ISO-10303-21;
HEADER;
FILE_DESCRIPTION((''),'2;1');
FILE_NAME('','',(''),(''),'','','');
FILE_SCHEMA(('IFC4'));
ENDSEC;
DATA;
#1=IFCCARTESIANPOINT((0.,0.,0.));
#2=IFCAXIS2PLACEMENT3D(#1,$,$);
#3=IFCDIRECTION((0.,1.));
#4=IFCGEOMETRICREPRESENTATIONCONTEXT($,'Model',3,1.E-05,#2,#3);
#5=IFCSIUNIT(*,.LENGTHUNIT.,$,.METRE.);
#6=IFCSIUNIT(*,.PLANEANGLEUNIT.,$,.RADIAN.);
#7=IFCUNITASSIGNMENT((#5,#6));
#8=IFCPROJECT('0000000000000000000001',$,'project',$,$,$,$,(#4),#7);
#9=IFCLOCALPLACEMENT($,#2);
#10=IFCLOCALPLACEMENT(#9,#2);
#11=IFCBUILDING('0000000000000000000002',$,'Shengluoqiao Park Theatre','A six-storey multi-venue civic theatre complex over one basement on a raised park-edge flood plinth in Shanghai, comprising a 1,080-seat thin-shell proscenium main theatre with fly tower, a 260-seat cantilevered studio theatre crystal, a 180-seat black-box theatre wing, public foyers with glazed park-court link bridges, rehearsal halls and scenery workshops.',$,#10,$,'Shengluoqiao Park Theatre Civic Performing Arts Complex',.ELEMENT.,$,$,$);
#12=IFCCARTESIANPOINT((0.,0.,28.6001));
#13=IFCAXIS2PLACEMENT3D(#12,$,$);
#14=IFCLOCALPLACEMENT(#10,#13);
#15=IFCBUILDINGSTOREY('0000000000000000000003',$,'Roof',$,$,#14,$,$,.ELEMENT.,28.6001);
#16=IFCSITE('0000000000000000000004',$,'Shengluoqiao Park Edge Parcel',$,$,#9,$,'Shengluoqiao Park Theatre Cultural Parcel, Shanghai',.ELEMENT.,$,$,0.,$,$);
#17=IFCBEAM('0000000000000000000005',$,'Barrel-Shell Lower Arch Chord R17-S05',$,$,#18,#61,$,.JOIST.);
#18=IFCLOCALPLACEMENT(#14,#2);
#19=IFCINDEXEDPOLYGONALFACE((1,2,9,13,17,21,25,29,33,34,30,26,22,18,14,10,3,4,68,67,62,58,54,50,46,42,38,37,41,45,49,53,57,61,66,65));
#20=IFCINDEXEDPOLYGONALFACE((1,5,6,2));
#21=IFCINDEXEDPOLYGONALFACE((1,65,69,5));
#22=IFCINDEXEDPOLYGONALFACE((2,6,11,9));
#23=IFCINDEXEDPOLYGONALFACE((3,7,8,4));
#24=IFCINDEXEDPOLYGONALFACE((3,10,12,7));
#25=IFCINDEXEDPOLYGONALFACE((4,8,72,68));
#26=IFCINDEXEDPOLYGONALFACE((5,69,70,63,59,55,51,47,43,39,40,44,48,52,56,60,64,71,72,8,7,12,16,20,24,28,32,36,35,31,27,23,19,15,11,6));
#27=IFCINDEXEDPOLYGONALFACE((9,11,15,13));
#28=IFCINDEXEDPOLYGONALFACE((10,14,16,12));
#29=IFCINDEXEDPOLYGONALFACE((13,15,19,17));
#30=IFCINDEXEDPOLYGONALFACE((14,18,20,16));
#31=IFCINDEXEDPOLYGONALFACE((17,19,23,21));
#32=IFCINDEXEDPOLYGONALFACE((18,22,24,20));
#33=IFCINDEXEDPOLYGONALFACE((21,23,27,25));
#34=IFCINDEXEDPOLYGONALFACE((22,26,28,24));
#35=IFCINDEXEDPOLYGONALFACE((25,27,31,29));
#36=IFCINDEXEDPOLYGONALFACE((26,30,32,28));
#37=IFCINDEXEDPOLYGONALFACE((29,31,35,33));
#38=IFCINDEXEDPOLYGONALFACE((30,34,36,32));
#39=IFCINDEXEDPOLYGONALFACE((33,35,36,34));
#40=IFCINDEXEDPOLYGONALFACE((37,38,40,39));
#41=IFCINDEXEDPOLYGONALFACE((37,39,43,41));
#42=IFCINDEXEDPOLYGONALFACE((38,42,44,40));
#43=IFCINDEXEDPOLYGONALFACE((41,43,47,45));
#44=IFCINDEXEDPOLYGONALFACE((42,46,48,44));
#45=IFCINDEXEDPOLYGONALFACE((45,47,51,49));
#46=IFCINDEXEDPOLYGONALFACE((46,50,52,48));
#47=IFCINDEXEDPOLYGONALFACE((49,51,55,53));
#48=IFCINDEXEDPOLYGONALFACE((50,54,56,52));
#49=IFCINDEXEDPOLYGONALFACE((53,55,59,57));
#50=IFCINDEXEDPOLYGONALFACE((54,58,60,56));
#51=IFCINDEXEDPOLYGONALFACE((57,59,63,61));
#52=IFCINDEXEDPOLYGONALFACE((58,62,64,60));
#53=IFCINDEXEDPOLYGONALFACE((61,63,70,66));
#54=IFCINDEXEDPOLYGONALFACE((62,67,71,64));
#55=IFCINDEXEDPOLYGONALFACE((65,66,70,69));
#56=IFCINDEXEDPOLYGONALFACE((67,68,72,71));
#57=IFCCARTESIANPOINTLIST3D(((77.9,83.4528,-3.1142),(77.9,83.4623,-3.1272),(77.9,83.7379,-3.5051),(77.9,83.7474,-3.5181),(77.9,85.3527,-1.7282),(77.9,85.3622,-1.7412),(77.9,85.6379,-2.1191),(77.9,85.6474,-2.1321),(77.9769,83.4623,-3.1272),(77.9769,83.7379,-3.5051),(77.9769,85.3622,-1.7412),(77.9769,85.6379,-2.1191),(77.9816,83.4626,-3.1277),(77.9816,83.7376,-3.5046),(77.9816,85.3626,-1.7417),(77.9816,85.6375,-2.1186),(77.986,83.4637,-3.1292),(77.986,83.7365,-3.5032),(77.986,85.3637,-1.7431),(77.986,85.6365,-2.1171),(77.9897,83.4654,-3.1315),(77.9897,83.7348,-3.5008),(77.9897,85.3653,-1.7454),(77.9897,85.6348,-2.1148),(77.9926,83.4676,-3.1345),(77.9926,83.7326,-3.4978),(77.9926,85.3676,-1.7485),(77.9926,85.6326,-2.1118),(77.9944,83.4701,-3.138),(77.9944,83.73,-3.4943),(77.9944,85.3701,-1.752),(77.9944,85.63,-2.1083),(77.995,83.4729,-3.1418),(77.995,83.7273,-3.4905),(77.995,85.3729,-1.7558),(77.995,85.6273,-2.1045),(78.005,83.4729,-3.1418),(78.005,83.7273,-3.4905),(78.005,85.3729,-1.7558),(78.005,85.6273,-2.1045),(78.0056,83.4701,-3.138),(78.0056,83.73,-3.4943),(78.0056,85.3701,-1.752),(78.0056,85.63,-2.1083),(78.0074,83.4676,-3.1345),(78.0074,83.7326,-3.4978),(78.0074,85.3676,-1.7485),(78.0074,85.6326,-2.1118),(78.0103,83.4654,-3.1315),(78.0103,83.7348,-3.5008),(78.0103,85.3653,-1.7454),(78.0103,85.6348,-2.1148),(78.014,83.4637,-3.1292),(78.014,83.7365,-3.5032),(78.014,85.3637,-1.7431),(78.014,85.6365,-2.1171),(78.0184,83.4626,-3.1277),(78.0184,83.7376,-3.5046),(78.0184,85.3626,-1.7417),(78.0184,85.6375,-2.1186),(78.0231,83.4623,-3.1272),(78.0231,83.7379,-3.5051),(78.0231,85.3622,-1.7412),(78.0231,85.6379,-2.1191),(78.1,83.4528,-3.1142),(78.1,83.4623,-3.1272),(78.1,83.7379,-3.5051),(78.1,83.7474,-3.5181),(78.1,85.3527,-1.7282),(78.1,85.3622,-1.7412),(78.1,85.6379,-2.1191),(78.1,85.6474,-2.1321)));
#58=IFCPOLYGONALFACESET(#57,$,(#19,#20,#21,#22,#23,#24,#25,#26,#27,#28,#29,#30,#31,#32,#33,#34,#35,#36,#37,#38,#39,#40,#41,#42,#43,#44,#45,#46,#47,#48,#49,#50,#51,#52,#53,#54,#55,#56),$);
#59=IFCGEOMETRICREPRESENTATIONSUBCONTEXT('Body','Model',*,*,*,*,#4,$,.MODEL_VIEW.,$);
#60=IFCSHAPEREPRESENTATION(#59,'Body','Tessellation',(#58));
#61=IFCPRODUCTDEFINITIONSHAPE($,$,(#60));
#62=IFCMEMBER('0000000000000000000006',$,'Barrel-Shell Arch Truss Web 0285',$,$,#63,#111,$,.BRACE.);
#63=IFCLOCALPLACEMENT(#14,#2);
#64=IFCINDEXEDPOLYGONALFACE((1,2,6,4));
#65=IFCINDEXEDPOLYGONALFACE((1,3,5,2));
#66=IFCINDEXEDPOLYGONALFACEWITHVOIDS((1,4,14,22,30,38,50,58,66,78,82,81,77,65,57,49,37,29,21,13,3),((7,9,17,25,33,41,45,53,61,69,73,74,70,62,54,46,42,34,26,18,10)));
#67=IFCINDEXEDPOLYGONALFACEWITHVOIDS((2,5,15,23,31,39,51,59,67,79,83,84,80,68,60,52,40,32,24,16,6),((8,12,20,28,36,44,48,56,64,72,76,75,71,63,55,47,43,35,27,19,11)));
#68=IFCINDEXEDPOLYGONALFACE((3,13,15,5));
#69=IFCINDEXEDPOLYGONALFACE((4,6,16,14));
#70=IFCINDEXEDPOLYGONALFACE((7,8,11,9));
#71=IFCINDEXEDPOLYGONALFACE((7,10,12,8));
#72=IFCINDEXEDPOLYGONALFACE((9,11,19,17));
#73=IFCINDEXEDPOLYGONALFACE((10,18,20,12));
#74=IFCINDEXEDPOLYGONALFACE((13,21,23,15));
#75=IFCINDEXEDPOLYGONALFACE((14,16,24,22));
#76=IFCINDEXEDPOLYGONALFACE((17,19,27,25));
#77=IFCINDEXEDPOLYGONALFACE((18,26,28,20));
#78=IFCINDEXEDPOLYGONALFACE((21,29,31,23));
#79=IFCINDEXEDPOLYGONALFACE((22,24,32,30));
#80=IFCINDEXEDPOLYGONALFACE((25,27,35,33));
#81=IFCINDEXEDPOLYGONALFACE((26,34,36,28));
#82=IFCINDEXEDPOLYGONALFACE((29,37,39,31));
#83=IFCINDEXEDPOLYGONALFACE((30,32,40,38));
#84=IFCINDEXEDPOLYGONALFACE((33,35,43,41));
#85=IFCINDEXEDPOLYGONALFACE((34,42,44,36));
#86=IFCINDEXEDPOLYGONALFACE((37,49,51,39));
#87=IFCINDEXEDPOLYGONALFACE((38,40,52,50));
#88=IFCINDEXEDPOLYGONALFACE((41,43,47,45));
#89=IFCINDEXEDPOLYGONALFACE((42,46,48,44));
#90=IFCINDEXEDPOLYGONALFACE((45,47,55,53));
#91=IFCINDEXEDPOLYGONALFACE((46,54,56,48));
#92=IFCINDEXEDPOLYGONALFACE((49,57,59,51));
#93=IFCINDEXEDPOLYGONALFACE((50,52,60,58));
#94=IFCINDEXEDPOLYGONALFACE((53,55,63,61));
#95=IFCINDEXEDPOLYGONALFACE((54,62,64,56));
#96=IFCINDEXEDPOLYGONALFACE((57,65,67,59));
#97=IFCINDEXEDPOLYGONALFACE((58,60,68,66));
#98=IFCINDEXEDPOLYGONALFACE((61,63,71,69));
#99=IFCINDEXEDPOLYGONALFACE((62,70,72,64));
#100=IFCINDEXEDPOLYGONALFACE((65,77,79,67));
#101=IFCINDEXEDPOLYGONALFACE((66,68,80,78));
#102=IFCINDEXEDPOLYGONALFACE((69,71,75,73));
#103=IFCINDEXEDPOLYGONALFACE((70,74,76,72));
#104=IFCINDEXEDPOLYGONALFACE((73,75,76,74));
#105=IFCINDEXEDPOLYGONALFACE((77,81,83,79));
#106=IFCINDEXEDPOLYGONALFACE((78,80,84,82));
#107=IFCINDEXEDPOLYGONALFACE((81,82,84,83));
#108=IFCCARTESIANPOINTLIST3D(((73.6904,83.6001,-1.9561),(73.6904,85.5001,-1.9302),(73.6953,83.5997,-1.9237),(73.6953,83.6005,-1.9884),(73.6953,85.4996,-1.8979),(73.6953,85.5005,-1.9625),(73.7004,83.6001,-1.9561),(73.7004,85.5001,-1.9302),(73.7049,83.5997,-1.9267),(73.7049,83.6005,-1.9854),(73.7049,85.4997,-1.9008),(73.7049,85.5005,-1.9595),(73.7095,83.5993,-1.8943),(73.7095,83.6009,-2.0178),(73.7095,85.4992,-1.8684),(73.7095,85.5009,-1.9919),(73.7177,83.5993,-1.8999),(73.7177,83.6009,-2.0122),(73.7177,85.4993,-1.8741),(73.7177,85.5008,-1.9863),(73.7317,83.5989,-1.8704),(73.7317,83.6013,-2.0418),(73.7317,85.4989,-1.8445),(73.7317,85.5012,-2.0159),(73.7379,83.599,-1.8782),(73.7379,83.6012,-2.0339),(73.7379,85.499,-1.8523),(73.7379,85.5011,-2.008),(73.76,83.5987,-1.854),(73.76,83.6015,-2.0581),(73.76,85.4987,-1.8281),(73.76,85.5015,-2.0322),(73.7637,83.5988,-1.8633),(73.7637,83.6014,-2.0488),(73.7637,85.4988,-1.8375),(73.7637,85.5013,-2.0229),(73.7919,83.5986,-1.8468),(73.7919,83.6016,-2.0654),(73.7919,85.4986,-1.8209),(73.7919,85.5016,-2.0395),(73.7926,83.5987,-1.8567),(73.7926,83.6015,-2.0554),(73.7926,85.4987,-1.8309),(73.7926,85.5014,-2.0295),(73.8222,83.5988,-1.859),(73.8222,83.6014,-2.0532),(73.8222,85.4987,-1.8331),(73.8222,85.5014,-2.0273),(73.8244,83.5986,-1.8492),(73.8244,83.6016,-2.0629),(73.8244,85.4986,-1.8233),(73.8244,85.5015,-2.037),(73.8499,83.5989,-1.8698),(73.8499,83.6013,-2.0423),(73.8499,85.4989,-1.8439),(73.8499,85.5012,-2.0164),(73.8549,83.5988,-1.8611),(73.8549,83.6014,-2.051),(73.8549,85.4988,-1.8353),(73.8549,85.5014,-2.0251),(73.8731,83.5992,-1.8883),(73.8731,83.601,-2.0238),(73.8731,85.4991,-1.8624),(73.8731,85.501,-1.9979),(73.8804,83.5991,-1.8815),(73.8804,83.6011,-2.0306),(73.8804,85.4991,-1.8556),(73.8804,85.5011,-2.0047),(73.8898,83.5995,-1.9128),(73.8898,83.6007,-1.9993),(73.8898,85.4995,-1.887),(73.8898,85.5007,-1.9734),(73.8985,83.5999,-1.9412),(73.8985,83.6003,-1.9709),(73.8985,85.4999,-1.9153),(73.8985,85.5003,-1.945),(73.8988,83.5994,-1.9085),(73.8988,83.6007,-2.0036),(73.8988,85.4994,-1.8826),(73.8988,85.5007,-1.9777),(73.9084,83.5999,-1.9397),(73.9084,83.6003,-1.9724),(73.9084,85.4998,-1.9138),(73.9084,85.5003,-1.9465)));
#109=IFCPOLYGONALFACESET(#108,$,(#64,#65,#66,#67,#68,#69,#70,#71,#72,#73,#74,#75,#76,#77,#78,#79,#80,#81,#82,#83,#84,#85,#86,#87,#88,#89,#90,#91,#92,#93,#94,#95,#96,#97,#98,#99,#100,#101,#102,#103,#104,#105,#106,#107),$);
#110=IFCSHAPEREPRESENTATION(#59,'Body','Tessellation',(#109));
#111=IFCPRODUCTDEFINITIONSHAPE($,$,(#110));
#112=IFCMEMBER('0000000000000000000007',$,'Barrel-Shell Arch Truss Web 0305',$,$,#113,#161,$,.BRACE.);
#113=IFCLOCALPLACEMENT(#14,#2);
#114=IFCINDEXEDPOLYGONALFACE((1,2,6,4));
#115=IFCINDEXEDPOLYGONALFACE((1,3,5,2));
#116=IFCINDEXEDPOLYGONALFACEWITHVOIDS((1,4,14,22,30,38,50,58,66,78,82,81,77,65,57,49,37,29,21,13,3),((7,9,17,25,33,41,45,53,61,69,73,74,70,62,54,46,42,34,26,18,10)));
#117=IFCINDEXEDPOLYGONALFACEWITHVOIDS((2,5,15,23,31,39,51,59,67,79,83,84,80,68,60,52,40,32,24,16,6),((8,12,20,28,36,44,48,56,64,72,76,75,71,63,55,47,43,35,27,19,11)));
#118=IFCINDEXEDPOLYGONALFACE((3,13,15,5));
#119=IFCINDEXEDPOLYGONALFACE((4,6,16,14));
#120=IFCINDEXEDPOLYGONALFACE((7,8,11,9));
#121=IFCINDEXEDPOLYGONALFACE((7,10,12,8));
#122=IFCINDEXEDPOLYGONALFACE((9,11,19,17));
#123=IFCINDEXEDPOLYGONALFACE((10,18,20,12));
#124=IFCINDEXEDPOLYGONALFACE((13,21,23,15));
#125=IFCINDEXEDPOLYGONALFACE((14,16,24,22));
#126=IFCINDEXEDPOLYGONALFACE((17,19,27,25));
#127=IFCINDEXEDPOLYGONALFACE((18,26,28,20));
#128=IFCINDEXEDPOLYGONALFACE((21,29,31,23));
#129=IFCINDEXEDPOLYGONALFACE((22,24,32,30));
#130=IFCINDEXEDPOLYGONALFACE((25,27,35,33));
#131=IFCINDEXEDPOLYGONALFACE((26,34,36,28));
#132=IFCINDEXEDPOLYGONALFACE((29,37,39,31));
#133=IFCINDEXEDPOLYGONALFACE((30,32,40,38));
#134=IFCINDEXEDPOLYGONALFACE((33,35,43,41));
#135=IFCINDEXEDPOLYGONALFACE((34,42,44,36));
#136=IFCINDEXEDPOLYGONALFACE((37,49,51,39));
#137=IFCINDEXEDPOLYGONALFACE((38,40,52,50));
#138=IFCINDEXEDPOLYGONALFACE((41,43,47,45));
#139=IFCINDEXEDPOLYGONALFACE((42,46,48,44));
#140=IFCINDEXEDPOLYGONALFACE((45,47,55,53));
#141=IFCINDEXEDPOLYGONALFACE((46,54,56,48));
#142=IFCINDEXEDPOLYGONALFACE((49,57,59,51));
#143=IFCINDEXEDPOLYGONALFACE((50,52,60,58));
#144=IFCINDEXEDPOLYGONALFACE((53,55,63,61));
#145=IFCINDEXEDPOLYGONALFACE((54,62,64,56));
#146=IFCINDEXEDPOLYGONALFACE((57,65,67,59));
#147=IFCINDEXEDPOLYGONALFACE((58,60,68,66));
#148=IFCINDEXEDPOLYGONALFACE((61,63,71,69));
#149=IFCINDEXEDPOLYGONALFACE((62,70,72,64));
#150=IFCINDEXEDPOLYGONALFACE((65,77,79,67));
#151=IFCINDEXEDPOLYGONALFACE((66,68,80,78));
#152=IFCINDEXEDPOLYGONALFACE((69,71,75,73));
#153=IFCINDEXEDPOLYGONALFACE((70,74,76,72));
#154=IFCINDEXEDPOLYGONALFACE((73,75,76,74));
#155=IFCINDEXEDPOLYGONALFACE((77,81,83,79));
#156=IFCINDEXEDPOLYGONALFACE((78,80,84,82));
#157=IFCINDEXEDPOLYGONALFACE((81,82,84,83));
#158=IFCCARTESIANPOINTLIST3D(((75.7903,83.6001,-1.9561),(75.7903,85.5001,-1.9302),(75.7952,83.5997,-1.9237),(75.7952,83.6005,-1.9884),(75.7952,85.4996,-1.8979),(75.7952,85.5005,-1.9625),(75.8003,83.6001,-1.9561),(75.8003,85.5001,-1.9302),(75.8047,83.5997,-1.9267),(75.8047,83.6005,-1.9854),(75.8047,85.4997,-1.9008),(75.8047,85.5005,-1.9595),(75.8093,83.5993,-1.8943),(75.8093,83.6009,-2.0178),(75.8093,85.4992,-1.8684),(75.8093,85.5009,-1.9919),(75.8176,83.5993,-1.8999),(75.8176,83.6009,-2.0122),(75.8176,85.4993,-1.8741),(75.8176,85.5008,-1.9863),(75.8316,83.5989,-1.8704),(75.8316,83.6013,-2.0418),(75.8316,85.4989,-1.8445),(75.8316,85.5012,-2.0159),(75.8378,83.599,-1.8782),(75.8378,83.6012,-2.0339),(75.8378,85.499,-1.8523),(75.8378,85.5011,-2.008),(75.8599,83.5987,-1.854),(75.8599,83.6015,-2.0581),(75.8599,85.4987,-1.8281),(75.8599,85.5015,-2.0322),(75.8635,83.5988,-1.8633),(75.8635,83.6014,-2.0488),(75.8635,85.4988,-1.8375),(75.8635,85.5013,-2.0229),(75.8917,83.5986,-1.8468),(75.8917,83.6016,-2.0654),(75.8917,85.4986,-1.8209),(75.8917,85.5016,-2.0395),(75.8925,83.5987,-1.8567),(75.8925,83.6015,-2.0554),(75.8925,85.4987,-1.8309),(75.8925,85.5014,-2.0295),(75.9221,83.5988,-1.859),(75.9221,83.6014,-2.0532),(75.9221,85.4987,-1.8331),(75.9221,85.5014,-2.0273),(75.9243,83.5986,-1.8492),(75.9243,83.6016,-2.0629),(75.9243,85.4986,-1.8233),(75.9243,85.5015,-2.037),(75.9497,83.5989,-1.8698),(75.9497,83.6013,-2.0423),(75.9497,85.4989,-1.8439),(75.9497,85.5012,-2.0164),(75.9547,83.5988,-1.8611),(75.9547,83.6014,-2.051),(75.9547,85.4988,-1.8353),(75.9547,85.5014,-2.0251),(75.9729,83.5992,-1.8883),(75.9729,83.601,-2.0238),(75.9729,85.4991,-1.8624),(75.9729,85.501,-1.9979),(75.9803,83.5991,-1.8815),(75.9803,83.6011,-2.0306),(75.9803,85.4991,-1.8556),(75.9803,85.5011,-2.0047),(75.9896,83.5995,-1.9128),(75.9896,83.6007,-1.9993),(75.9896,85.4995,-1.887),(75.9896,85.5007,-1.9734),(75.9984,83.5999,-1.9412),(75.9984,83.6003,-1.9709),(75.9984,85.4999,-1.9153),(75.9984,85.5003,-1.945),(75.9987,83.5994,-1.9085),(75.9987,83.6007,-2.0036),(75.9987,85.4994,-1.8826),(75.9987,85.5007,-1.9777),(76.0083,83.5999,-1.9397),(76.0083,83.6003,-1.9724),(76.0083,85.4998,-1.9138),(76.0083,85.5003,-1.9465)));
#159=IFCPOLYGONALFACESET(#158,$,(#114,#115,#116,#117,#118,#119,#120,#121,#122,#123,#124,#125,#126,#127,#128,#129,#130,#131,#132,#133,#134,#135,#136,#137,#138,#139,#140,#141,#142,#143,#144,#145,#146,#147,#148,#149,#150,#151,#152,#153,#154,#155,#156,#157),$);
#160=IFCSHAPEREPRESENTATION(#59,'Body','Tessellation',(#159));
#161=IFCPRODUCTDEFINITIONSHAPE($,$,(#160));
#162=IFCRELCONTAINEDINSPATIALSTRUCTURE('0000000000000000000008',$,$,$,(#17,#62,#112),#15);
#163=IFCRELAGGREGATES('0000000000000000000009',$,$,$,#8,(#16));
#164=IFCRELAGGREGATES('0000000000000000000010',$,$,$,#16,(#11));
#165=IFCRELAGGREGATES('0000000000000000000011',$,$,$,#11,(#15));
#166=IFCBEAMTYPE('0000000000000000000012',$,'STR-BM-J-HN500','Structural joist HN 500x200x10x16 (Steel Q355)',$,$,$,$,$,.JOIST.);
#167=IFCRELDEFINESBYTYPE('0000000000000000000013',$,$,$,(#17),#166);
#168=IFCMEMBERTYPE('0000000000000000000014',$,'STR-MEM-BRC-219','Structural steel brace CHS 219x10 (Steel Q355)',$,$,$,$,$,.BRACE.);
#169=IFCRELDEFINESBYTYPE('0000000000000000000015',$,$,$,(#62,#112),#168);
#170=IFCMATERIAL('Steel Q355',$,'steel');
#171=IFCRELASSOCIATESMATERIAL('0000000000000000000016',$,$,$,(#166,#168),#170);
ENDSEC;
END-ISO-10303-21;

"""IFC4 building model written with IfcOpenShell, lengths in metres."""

from ifc_helpers import new_model, si_unit, direction, frame, origin, origin_2d, place, context, subcontext, project, spatial, hollow_circle, i_section, extrude, material, material_profile, profile_set, type_object, element, save


model = new_model("IFC4")

# Units and contexts
model_context = context("Model", 3, precision=1e-05, world=origin(), true_north=direction((0.0, 1.0)))
body_context = subcontext(model_context, "Body", "Model", "MODEL_VIEW")
ifc_project = project(units=[si_unit("LENGTHUNIT", "METRE"), si_unit("PLANEANGLEUNIT", "RADIAN")], contexts=[model_context])

# Site, building, storey
site_placement = place(None, origin())
site = spatial("IfcSite", under=ifc_project, at=site_placement, Name="Shengluoqiao Park Edge Parcel", LongName="Shengluoqiao Park Theatre Cultural Parcel, Shanghai", CompositionType="ELEMENT", RefElevation=0.0)
building_placement = place(site_placement, origin())
building = spatial("IfcBuilding", under=site, at=building_placement, Name="Shengluoqiao Park Theatre", Description="A six-storey multi-venue civic theatre complex over one basement on a raised park-edge flood plinth in Shanghai, comprising a 1,080-seat thin-shell proscenium main theatre with fly tower, a 260-seat cantilevered studio theatre crystal, a 180-seat black-box theatre wing, public foyers with glazed park-court link bridges, rehearsal halls and scenery workshops.", LongName="Shengluoqiao Park Theatre Civic Performing Arts Complex", CompositionType="ELEMENT")
storey_placement = place(building_placement, frame((0.0, 0.0, 28.6001)))
storey = spatial("IfcBuildingStorey", under=building, at=storey_placement, Name="Roof", CompositionType="ELEMENT", Elevation=28.6001)

# Beam
ifc_material_1 = material(Name="Steel Q355", Category="steel")
ifc_material_profile_1 = material_profile(ifc_material_1, i_section(OverallWidth=0.2, OverallDepth=0.5, WebThickness=0.01, FlangeThickness=0.0161, FilletRadius=0.0181, at=origin_2d()), Name="HN 500x200x10x16")
ifc_profile_set_1 = profile_set([ifc_material_profile_1], Name="Steel Q355")
beam_type_1 = type_object("IfcBeamType", Name="STR-BM-J-HN500", Description="Structural joist HN 500x200x10x16 (Steel Q355)", PredefinedType="JOIST", material=ifc_profile_set_1)
for number, where, z_axis, x_axis, name in (
    (1, (78.0, 83.6001, -3.3162), (0.0, 0.807878, 0.58935), (-1.0, 0.0, 0.0), "Barrel-Shell Lower Arch Chord R17-S05"),
):
    element("IfcBeam", number, at=place(storey_placement, frame(where, z_axis=z_axis, x_axis=x_axis)), inside=storey, type_object=beam_type_1, Name=name, PredefinedType="JOIST", context=body_context, shape_type="SweptSolid", body=[
        extrude(i_section(OverallWidth=0.2, OverallDepth=0.5, WebThickness=0.01, FlangeThickness=0.0161, FilletRadius=0.0181, at=origin_2d()), origin(), (0.0, 0.0, 1.0), 2.3518),
    ])

# Members
ifc_material_profile_2 = material_profile(ifc_material_1, hollow_circle(Radius=0.1096, WallThickness=0.01, at=origin_2d()), Name="CHS 219x10")
ifc_profile_set_2 = profile_set([ifc_material_profile_2], Name="Steel Q355")
member_type_1 = type_object("IfcMemberType", Name="STR-MEM-BRC-219", Description="Structural steel brace CHS 219x10 (Steel Q355)", PredefinedType="BRACE", material=ifc_profile_set_2)
for number, where, z_axis, x_axis, name in (
    (2, (73.8, 83.6001, -1.9561), (0.0, 0.999907, 0.01362), (-1.0, 0.0, 0.0), "Barrel-Shell Arch Truss Web 0285"),
    (3, (75.8999, 83.6001, -1.9561), (0.0, 0.999907, 0.01362), (-1.0, 0.0, 0.0), "Barrel-Shell Arch Truss Web 0305"),
):
    element("IfcMember", number, at=place(storey_placement, frame(where, z_axis=z_axis, x_axis=x_axis)), inside=storey, type_object=member_type_1, Name=name, PredefinedType="BRACE", context=body_context, shape_type="SweptSolid", body=[
        extrude(hollow_circle(Radius=0.1096, WallThickness=0.01, at=origin_2d()), origin(), (0.0, 0.0, 1.0), 1.9001),
    ])

save(model, "model.ifc")
